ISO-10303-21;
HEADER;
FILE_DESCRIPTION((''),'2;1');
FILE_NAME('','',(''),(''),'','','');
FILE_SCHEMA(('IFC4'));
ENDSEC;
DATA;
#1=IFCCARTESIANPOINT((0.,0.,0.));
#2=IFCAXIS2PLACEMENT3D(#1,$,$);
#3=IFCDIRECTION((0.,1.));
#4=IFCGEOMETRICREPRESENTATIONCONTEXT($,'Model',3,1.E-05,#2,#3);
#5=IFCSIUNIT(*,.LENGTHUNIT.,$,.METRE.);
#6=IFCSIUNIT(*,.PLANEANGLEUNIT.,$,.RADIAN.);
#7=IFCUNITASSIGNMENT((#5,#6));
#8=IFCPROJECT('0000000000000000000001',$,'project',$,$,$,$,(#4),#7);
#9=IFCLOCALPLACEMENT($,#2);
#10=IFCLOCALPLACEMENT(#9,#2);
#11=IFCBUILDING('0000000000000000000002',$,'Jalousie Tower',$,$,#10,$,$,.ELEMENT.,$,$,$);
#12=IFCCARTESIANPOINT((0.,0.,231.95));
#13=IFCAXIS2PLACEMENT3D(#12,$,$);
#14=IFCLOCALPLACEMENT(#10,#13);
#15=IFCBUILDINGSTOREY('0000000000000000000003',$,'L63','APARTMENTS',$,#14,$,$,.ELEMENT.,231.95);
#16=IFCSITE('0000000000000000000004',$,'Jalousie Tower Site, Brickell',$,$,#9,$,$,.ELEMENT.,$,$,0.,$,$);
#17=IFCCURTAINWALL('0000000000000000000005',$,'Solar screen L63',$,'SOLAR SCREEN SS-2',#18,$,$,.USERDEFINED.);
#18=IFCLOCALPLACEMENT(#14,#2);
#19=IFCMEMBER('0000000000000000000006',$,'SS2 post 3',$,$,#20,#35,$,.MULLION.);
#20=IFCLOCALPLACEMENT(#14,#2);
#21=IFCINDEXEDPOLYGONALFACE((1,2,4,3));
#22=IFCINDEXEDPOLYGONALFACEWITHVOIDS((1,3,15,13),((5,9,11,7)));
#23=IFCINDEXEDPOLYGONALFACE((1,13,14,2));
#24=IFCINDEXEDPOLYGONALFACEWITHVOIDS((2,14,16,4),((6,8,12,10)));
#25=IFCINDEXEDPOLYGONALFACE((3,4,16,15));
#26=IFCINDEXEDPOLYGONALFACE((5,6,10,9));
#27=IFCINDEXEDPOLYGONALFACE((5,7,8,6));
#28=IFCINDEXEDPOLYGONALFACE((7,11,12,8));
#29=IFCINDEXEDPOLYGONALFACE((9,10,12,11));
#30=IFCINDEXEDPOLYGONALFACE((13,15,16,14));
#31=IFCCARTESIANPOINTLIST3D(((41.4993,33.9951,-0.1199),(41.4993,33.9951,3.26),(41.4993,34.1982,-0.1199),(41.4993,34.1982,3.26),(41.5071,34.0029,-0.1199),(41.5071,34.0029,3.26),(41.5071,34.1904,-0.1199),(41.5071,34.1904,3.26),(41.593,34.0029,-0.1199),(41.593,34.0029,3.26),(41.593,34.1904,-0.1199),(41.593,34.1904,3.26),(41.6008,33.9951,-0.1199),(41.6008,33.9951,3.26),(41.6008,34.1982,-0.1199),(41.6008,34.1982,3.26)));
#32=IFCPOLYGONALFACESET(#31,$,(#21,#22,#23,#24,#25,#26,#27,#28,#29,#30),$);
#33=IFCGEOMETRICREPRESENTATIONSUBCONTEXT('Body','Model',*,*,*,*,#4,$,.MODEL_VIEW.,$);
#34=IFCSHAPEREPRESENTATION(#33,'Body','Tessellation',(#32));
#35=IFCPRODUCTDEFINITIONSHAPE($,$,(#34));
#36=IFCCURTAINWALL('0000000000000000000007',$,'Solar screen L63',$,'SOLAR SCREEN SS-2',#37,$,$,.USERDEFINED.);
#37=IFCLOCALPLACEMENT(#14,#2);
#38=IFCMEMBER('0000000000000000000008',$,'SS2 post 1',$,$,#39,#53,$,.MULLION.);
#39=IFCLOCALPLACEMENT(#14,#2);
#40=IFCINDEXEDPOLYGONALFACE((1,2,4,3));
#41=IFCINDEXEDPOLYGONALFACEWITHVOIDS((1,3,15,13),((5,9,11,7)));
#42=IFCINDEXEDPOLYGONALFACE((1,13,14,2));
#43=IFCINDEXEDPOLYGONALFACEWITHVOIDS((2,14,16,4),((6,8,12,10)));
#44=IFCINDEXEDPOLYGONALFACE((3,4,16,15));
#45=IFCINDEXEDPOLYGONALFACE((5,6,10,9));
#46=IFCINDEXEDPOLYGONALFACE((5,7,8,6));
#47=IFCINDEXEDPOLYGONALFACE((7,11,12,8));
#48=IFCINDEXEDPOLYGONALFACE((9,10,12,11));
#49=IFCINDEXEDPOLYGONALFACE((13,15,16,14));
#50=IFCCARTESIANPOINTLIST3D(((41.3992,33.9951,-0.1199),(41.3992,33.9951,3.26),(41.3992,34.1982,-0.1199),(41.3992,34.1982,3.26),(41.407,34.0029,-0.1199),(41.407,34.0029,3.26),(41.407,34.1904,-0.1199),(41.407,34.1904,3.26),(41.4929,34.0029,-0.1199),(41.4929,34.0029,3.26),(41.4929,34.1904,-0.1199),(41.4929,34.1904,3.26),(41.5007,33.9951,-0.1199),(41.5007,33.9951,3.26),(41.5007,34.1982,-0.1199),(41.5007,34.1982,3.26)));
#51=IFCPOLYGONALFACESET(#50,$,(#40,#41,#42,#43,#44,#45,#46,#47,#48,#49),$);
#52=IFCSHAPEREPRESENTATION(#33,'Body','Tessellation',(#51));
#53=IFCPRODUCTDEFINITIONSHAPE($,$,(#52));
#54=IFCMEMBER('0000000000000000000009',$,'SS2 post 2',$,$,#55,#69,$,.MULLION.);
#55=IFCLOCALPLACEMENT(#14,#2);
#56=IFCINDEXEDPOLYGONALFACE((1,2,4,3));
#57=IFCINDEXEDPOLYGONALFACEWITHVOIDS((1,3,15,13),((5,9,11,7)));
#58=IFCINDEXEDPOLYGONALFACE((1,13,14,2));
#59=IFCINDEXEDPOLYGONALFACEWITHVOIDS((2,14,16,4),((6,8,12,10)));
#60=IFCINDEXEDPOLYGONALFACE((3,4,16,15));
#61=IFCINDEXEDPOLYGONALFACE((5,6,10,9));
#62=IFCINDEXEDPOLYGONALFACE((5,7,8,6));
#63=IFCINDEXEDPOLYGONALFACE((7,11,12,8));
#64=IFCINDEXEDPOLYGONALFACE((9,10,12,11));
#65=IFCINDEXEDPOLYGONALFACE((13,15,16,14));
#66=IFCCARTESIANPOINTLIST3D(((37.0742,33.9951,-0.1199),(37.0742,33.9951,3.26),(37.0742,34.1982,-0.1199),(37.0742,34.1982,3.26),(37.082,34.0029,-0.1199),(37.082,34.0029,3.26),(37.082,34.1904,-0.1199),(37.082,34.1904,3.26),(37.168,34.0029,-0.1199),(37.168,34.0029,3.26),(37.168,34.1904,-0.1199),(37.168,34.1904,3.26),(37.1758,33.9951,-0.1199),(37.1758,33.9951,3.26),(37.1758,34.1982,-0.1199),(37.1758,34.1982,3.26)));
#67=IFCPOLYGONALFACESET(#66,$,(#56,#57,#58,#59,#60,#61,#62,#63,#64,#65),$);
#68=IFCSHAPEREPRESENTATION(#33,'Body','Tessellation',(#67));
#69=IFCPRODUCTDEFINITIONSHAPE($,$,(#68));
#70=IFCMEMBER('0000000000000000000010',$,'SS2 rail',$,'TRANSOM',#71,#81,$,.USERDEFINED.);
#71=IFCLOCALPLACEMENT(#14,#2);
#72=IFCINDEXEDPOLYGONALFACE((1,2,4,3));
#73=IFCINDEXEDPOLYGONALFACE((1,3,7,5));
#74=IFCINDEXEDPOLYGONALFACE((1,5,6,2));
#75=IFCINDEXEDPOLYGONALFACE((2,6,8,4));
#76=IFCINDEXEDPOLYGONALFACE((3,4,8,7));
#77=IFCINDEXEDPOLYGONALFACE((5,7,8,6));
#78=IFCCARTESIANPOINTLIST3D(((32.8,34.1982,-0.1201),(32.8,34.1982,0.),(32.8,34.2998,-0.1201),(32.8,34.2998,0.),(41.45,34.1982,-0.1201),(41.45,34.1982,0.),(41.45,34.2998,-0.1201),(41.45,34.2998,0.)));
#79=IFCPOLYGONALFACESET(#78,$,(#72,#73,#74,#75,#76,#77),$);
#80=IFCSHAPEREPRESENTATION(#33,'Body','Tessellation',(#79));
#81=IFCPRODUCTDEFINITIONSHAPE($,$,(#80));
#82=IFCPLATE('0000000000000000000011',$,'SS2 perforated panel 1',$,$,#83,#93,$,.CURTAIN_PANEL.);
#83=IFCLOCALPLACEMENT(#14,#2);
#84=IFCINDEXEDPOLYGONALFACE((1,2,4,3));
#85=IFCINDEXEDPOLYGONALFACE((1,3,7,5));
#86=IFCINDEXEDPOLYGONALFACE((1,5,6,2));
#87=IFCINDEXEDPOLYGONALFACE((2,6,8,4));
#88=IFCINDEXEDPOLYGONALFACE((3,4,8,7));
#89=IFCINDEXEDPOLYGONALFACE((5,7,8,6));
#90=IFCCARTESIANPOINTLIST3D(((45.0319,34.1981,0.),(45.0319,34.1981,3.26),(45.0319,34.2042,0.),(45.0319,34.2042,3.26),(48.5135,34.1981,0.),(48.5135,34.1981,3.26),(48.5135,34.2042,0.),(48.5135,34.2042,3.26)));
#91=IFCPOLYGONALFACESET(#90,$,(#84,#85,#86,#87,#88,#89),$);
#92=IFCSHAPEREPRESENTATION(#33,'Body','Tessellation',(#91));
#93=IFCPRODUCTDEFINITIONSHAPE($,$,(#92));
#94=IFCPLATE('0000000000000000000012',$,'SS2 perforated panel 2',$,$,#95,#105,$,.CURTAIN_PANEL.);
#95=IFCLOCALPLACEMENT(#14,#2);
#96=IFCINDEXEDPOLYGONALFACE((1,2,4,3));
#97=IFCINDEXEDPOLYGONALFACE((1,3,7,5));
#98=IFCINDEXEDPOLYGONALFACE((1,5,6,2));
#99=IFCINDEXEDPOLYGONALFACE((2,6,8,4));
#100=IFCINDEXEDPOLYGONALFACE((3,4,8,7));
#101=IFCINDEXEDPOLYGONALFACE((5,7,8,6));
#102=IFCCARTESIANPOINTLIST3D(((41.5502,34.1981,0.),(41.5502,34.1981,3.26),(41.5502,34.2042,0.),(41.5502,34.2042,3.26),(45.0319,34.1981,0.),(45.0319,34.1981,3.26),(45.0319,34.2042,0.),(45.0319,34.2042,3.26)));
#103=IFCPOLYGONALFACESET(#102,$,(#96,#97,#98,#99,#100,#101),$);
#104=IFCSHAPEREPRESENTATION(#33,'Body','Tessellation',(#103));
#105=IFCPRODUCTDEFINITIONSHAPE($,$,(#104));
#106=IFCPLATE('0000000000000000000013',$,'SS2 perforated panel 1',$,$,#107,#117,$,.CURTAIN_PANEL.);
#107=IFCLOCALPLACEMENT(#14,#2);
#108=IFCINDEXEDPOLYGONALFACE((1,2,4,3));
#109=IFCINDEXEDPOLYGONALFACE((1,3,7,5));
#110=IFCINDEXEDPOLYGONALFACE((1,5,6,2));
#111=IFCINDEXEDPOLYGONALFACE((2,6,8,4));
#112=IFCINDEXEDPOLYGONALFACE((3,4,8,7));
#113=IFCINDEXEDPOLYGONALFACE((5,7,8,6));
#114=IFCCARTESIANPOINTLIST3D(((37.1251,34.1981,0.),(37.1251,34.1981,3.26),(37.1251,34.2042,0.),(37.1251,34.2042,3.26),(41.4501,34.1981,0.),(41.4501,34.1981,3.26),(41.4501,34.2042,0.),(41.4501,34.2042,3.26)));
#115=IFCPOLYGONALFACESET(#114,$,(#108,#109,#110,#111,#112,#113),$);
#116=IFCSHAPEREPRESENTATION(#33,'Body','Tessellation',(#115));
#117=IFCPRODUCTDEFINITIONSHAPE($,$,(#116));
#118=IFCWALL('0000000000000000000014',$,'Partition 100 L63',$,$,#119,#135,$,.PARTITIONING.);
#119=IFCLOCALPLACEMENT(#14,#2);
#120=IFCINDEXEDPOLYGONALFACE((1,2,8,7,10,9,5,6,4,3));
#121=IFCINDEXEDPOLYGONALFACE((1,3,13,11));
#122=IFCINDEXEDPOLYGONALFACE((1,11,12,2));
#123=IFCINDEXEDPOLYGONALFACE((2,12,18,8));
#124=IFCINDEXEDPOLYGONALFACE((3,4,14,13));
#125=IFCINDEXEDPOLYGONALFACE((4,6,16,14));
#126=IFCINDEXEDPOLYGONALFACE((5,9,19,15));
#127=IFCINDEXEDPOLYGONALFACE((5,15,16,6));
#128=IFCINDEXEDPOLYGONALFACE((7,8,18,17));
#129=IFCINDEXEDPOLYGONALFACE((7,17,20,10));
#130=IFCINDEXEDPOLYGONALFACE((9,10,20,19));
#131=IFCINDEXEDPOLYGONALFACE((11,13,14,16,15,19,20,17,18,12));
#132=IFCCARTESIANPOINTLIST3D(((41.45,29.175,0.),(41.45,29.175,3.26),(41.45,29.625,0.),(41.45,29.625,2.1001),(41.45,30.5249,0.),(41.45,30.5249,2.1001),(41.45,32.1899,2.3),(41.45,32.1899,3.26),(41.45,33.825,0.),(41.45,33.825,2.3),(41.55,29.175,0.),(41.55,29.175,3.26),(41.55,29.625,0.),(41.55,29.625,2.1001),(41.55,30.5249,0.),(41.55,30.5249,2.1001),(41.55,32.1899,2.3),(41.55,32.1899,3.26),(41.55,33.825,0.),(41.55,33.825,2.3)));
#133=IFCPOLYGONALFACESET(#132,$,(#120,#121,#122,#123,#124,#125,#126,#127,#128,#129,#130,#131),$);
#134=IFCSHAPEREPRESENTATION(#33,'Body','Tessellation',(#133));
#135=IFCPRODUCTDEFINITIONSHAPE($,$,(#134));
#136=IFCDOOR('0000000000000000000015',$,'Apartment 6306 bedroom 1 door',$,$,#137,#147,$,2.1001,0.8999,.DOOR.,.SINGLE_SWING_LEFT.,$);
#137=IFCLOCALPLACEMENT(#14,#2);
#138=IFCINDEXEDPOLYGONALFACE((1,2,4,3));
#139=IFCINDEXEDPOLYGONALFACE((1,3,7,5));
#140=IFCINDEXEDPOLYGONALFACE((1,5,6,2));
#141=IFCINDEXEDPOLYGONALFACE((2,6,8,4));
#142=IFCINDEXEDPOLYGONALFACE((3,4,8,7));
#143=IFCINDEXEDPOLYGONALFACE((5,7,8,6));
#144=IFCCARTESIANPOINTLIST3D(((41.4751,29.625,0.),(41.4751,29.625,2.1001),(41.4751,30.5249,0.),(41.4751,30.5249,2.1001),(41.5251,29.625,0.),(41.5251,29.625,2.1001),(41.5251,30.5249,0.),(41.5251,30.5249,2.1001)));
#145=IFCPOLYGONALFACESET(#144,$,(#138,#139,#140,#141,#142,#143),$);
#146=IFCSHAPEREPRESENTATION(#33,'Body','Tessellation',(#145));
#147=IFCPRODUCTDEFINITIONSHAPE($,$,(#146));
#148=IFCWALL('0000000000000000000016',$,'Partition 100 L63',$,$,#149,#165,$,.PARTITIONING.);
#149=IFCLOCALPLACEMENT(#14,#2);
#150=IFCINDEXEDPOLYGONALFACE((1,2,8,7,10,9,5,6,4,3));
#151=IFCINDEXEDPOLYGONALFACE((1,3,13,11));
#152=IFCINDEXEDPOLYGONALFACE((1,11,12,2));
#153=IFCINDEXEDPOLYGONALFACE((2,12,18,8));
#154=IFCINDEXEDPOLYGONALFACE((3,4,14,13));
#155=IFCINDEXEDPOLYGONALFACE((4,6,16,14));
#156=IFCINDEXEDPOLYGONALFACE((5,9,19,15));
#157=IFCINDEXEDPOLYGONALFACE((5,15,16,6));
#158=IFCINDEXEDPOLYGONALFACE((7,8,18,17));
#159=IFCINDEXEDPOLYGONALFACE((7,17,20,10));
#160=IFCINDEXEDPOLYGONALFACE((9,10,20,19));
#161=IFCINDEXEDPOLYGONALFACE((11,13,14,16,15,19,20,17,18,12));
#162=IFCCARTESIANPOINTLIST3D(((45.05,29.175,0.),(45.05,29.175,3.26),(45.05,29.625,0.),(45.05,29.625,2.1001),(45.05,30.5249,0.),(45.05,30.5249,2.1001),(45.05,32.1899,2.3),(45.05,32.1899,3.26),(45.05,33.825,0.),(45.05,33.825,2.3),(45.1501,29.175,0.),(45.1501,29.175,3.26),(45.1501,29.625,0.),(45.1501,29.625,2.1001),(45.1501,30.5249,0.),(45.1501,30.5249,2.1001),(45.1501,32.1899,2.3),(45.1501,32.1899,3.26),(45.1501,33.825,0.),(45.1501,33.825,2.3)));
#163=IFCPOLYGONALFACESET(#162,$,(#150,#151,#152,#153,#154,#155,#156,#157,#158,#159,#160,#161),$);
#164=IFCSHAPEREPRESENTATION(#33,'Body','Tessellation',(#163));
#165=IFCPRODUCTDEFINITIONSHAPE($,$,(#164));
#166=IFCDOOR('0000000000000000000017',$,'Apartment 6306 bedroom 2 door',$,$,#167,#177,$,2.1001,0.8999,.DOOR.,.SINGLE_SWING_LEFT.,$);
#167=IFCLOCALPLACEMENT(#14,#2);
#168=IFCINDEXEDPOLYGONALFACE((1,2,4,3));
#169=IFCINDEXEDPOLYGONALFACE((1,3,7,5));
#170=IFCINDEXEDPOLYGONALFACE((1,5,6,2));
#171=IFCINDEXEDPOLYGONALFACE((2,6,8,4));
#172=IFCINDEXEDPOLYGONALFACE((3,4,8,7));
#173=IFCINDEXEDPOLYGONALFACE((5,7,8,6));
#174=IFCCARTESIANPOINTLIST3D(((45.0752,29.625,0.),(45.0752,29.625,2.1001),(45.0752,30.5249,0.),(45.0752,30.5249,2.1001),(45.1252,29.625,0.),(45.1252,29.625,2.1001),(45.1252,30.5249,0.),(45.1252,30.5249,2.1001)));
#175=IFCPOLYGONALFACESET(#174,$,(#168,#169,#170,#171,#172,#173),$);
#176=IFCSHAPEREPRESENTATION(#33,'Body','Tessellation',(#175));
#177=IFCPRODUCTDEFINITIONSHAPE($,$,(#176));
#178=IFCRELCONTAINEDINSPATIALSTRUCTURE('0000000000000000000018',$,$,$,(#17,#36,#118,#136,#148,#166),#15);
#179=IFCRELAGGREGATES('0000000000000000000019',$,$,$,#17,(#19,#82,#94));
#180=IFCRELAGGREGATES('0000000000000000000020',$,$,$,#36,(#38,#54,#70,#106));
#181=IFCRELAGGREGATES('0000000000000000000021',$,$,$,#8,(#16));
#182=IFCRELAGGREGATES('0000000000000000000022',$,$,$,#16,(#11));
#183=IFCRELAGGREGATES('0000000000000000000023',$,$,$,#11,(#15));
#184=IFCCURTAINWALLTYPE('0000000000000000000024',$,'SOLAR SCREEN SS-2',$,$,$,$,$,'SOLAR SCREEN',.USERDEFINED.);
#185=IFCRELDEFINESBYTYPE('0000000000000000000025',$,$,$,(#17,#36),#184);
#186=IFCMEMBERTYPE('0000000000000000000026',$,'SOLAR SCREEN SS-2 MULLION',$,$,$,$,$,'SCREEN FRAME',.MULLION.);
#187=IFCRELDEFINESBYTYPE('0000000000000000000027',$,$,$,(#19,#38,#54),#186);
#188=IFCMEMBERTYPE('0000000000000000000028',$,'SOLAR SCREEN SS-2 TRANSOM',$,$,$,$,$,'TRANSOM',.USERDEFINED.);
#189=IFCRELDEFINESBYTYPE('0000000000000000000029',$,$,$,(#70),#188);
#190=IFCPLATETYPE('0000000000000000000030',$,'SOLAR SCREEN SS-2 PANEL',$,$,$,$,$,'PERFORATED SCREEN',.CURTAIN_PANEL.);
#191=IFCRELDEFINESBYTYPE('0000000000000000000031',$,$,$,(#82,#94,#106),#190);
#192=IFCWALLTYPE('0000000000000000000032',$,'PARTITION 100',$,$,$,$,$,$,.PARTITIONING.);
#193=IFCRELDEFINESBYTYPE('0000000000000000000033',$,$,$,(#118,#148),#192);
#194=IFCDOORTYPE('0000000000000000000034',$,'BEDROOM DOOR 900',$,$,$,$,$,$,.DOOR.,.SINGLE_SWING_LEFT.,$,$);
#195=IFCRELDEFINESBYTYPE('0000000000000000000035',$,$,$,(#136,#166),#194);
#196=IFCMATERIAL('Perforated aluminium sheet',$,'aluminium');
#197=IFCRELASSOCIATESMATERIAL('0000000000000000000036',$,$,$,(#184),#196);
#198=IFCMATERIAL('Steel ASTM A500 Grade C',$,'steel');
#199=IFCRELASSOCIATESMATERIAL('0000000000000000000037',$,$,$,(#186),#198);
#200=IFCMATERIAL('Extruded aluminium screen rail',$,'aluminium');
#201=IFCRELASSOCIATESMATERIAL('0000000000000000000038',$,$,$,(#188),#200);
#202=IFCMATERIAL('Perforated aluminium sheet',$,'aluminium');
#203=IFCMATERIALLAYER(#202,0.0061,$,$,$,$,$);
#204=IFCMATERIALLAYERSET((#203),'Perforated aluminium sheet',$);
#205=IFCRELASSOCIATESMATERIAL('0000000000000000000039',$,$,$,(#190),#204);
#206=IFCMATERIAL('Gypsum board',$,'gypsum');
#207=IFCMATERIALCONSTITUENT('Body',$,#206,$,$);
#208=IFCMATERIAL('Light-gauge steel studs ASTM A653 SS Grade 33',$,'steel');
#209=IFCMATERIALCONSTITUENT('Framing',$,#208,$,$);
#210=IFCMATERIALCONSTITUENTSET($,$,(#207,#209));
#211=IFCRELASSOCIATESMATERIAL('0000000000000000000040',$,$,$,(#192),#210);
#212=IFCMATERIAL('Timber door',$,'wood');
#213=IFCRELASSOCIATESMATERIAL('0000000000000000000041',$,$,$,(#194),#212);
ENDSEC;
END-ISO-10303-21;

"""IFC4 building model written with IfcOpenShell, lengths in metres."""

from ifc_helpers import new_model, si_unit, direction, frame, frame_2d, origin, origin_2d, place, context, subcontext, project, spatial, polyline, rectangle, hollow_rectangle, outline, extrude, material, layer, layer_set, constituent, constituent_set, material_profile, profile_set, type_object, element, fill, aggregate, save


model = new_model("IFC4")

# Units and contexts
model_context = context("Model", 3, precision=1e-05, world=origin(), true_north=direction((0.0, 1.0)))
body_context = subcontext(model_context, "Body", "Model", "MODEL_VIEW")
ifc_project = project(units=[si_unit("LENGTHUNIT", "METRE"), si_unit("PLANEANGLEUNIT", "RADIAN")], contexts=[model_context])

# Site, building, storey
site_placement = place(None, origin())
site = spatial("IfcSite", under=ifc_project, at=site_placement, Name="Jalousie Tower Site, Brickell", CompositionType="ELEMENT", RefElevation=0.0)
building_placement = place(site_placement, origin())
building = spatial("IfcBuilding", under=site, at=building_placement, Name="Jalousie Tower", CompositionType="ELEMENT")
storey_placement = place(building_placement, frame((0.0, 0.0, 231.95)))
storey = spatial("IfcBuildingStorey", under=building, at=storey_placement, Name="L63", Description="APARTMENTS", CompositionType="ELEMENT", Elevation=231.95)

# Curtain walls, members
ifc_material_1 = material(Name="Perforated aluminium sheet", Category="aluminium")
curtain_wall_type = type_object("IfcCurtainWallType", Name="SOLAR SCREEN SS-2", ElementType="SOLAR SCREEN", PredefinedType="USERDEFINED", material=ifc_material_1)
curtain_wall_1_placement = place(storey_placement, origin())
curtain_wall_1 = element("IfcCurtainWall", 1, at=curtain_wall_1_placement, inside=storey, type_object=curtain_wall_type, Name="Solar screen L63", ObjectType="SOLAR SCREEN SS-2", PredefinedType="USERDEFINED")
ifc_material_2 = material(Name="Steel ASTM A500 Grade C", Category="steel")
ifc_material_profile_1 = material_profile(ifc_material_2, hollow_rectangle(XDim=0.1016, YDim=0.2031, WallThickness=0.0078, at=origin_2d()), Name="HSS8X4X5/16")
ifc_profile_set_1 = profile_set([ifc_material_profile_1], Name="Steel ASTM A500 Grade C")
member_type_1 = type_object("IfcMemberType", Name="SOLAR SCREEN SS-2 MULLION", ElementType="SCREEN FRAME", PredefinedType="MULLION", material=ifc_profile_set_1)
member_1_placement = place(storey_placement, frame((41.55, 34.0967, -0.1199), z_axis=(0.0, 0.0, 1.0), x_axis=(-1.0, 0.0, 0.0)))
member_1 = element("IfcMember", 2, at=member_1_placement, type_object=member_type_1, Name="SS2 post 3", PredefinedType="MULLION", context=body_context, shape_type="SweptSolid", body=[
    extrude(hollow_rectangle(XDim=0.1016, YDim=0.2031, WallThickness=0.0078, at=origin_2d()), origin(), (0.0, 0.0, 1.0), 3.3799),
])
curtain_wall_2_placement = place(storey_placement, origin())
curtain_wall_2 = element("IfcCurtainWall", 3, at=curtain_wall_2_placement, inside=storey, type_object=curtain_wall_type, Name="Solar screen L63", ObjectType="SOLAR SCREEN SS-2", PredefinedType="USERDEFINED")
member_2_placement = place(storey_placement, frame((41.45, 34.0967, -0.1199), z_axis=(0.0, 0.0, 1.0), x_axis=(-1.0, 0.0, 0.0)))
member_2 = element("IfcMember", 4, at=member_2_placement, type_object=member_type_1, Name="SS2 post 1", PredefinedType="MULLION", context=body_context, shape_type="SweptSolid", body=[
    extrude(hollow_rectangle(XDim=0.1016, YDim=0.2031, WallThickness=0.0078, at=origin_2d()), origin(), (0.0, 0.0, 1.0), 3.3799),
])
member_3_placement = place(storey_placement, frame((37.125, 34.0967, -0.1199), z_axis=(0.0, 0.0, 1.0), x_axis=(-1.0, 0.0, 0.0)))
member_3 = element("IfcMember", 5, at=member_3_placement, type_object=member_type_1, Name="SS2 post 2", PredefinedType="MULLION", context=body_context, shape_type="SweptSolid", body=[
    extrude(hollow_rectangle(XDim=0.1016, YDim=0.2031, WallThickness=0.0078, at=origin_2d()), origin(), (0.0, 0.0, 1.0), 3.3799),
])
ifc_material_3 = material(Name="Extruded aluminium screen rail", Category="aluminium")
ifc_material_profile_2 = material_profile(ifc_material_3, rectangle(XDim=0.1016, YDim=0.1201, at=origin_2d()), Name="RAIL 102x120")
ifc_profile_set_2 = profile_set([ifc_material_profile_2], Name="Extruded aluminium screen rail")
member_type_2 = type_object("IfcMemberType", Name="SOLAR SCREEN SS-2 TRANSOM", ElementType="TRANSOM", PredefinedType="USERDEFINED", material=ifc_profile_set_2)
member_4_placement = place(storey_placement, frame((41.45, 34.249, -0.0601), z_axis=(-1.0, 0.0, 0.0), x_axis=(0.0, -1.0, 0.0)))
member_4 = element("IfcMember", 6, at=member_4_placement, type_object=member_type_2, Name="SS2 rail", ObjectType="TRANSOM", PredefinedType="USERDEFINED", context=body_context, shape_type="SweptSolid", body=[
    extrude(rectangle(XDim=0.1016, YDim=0.1201, at=origin_2d()), origin(), (0.0, 0.0, 1.0), 8.6499),
])

# Plates
ifc_material_4 = material(Name="Perforated aluminium sheet", Category="aluminium")
ifc_layer = layer(ifc_material_4, 0.0061)
ifc_layer_set = layer_set([ifc_layer], Name="Perforated aluminium sheet")
plate_type = type_object("IfcPlateType", Name="SOLAR SCREEN SS-2 PANEL", ElementType="PERFORATED SCREEN", PredefinedType="CURTAIN_PANEL", material=ifc_layer_set)
plate_1_placement = place(storey_placement, frame((46.7727, 34.2012, 0.0), z_axis=(0.0, 0.0, 1.0), x_axis=(-1.0, 0.0, 0.0)))
plate_1 = element("IfcPlate", 7, at=plate_1_placement, type_object=plate_type, Name="SS2 perforated panel 1", PredefinedType="CURTAIN_PANEL", context=body_context, shape_type="SweptSolid", body=[
    extrude(rectangle(XDim=3.4817, YDim=0.0061, at=origin_2d()), origin(), (0.0, 0.0, 1.0), 3.26),
])
plate_2_placement = place(storey_placement, frame((43.291, 34.2012, 0.0), z_axis=(0.0, 0.0, 1.0), x_axis=(-1.0, 0.0, 0.0)))
plate_2 = element("IfcPlate", 8, at=plate_2_placement, type_object=plate_type, Name="SS2 perforated panel 2", PredefinedType="CURTAIN_PANEL", context=body_context, shape_type="SweptSolid", body=[
    extrude(rectangle(XDim=3.4817, YDim=0.0061, at=origin_2d()), origin(), (0.0, 0.0, 1.0), 3.26),
])
aggregate(curtain_wall_1, [member_1, plate_1, plate_2])
plate_3_placement = place(storey_placement, frame((39.2876, 34.2012, 0.0), z_axis=(0.0, 0.0, 1.0), x_axis=(-1.0, 0.0, 0.0)))
plate_3 = element("IfcPlate", 9, at=plate_3_placement, type_object=plate_type, Name="SS2 perforated panel 1", PredefinedType="CURTAIN_PANEL", context=body_context, shape_type="SweptSolid", body=[
    extrude(rectangle(XDim=4.325, YDim=0.0061, at=origin_2d()), origin(), (0.0, 0.0, 1.0), 3.26),
])
aggregate(curtain_wall_2, [member_2, member_3, member_4, plate_3])

# Walls, openings, doors
ifc_material_5 = material(Name="Gypsum board", Category="gypsum")
ifc_constituent_1 = constituent(ifc_material_5, Name="Body")
ifc_material_6 = material(Name="Light-gauge steel studs ASTM A653 SS Grade 33", Category="steel")
ifc_constituent_2 = constituent(ifc_material_6, Name="Framing")
ifc_constituent_set_1 = constituent_set(constituents=[ifc_constituent_1, ifc_constituent_2])
wall_type_1 = type_object("IfcWallType", Name="PARTITION 100", PredefinedType="PARTITIONING", material=ifc_constituent_set_1)
wall_1_placement = place(storey_placement, frame((41.5, 33.825, 0.0), z_axis=(0.0, 0.0, 1.0), x_axis=(0.0, -1.0, 0.0)))
wall_1 = element("IfcWall", 10, at=wall_1_placement, inside=storey, type_object=wall_type_1, Name="Partition 100 L63", PredefinedType="PARTITIONING", context=body_context, shape_type="SweptSolid", body=[
    extrude(outline(polyline([(0.0, 0.0), (4.6499, 0.0), (4.6499, 3.26), (1.635, 3.26), (1.635, 2.3), (0.0, 2.3), (0.0, 3.26), (0.0, 0.0)])), frame((0.0, 0.05, 0.0), z_axis=(0.0, -1.0, 0.0), x_axis=(1.0, 0.0, 0.0)), (0.0, 0.0, 1.0), 0.1001),
])
opening_1_placement = place(wall_1_placement, frame((3.3, 0.0, 0.0)))
opening_1 = element("IfcOpeningElement", 11, at=opening_1_placement, cuts=wall_1, PredefinedType="OPENING", context=body_context, shape_type="SweptSolid", body=[
    extrude(rectangle(XDim=0.8999, YDim=2.1001, at=frame_2d((0.45, 1.05))), frame((0.0, 0.0601, 0.0), z_axis=(0.0, -1.0, 0.0), x_axis=(1.0, 0.0, 0.0)), (0.0, 0.0, 1.0), 0.1201),
])
ifc_material_7 = material(Name="Timber door", Category="wood")
door_type = type_object("IfcDoorType", Name="BEDROOM DOOR 900", OperationType="SINGLE_SWING_LEFT", PredefinedType="DOOR", material=ifc_material_7)
door_1_placement = place(opening_1_placement, frame((0.8999, 0.0, 0.0), z_axis=(0.0, 0.0, 1.0), x_axis=(-1.0, 0.0, 0.0)))
door_1 = element("IfcDoor", 12, at=door_1_placement, inside=storey, type_object=door_type, Name="Apartment 6306 bedroom 1 door", OperationType="SINGLE_SWING_LEFT", OverallHeight=2.1001, OverallWidth=0.8999, PredefinedType="DOOR", context=body_context, shape_type="SweptSolid", body=[
    extrude(rectangle(XDim=0.8999, YDim=2.1001, at=frame_2d((0.45, 1.05))), frame((0.0, 0.0249, 0.0), z_axis=(0.0, -1.0, 0.0), x_axis=(1.0, 0.0, 0.0)), (0.0, 0.0, 1.0), 0.05),
])
fill(opening_1, door_1)
wall_2_placement = place(storey_placement, frame((45.1001, 33.825, 0.0), z_axis=(0.0, 0.0, 1.0), x_axis=(0.0, -1.0, 0.0)))
wall_2 = element("IfcWall", 13, at=wall_2_placement, inside=storey, type_object=wall_type_1, Name="Partition 100 L63", PredefinedType="PARTITIONING", context=body_context, shape_type="SweptSolid", body=[
    extrude(outline(polyline([(0.0, 0.0), (4.6499, 0.0), (4.6499, 3.26), (1.635, 3.26), (1.635, 2.3), (0.0, 2.3), (0.0, 3.26), (0.0, 0.0)])), frame((0.0, 0.05, 0.0), z_axis=(0.0, -1.0, 0.0), x_axis=(1.0, 0.0, 0.0)), (0.0, 0.0, 1.0), 0.1001),
])
opening_2_placement = place(wall_2_placement, frame((3.3, 0.0, 0.0)))
opening_2 = element("IfcOpeningElement", 14, at=opening_2_placement, cuts=wall_2, PredefinedType="OPENING", context=body_context, shape_type="SweptSolid", body=[
    extrude(rectangle(XDim=0.8999, YDim=2.1001, at=frame_2d((0.45, 1.05))), frame((0.0, 0.0601, 0.0), z_axis=(0.0, -1.0, 0.0), x_axis=(1.0, 0.0, 0.0)), (0.0, 0.0, 1.0), 0.1201),
])
door_2_placement = place(opening_2_placement, frame((0.8999, 0.0, 0.0), z_axis=(0.0, 0.0, 1.0), x_axis=(-1.0, 0.0, 0.0)))
door_2 = element("IfcDoor", 15, at=door_2_placement, inside=storey, type_object=door_type, Name="Apartment 6306 bedroom 2 door", OperationType="SINGLE_SWING_LEFT", OverallHeight=2.1001, OverallWidth=0.8999, PredefinedType="DOOR", context=body_context, shape_type="SweptSolid", body=[
    extrude(rectangle(XDim=0.8999, YDim=2.1001, at=frame_2d((0.45, 1.05))), frame((0.0, 0.0249, 0.0), z_axis=(0.0, -1.0, 0.0), x_axis=(1.0, 0.0, 0.0)), (0.0, 0.0, 1.0), 0.05),
])
fill(opening_2, door_2)

save(model, "model.ifc")
